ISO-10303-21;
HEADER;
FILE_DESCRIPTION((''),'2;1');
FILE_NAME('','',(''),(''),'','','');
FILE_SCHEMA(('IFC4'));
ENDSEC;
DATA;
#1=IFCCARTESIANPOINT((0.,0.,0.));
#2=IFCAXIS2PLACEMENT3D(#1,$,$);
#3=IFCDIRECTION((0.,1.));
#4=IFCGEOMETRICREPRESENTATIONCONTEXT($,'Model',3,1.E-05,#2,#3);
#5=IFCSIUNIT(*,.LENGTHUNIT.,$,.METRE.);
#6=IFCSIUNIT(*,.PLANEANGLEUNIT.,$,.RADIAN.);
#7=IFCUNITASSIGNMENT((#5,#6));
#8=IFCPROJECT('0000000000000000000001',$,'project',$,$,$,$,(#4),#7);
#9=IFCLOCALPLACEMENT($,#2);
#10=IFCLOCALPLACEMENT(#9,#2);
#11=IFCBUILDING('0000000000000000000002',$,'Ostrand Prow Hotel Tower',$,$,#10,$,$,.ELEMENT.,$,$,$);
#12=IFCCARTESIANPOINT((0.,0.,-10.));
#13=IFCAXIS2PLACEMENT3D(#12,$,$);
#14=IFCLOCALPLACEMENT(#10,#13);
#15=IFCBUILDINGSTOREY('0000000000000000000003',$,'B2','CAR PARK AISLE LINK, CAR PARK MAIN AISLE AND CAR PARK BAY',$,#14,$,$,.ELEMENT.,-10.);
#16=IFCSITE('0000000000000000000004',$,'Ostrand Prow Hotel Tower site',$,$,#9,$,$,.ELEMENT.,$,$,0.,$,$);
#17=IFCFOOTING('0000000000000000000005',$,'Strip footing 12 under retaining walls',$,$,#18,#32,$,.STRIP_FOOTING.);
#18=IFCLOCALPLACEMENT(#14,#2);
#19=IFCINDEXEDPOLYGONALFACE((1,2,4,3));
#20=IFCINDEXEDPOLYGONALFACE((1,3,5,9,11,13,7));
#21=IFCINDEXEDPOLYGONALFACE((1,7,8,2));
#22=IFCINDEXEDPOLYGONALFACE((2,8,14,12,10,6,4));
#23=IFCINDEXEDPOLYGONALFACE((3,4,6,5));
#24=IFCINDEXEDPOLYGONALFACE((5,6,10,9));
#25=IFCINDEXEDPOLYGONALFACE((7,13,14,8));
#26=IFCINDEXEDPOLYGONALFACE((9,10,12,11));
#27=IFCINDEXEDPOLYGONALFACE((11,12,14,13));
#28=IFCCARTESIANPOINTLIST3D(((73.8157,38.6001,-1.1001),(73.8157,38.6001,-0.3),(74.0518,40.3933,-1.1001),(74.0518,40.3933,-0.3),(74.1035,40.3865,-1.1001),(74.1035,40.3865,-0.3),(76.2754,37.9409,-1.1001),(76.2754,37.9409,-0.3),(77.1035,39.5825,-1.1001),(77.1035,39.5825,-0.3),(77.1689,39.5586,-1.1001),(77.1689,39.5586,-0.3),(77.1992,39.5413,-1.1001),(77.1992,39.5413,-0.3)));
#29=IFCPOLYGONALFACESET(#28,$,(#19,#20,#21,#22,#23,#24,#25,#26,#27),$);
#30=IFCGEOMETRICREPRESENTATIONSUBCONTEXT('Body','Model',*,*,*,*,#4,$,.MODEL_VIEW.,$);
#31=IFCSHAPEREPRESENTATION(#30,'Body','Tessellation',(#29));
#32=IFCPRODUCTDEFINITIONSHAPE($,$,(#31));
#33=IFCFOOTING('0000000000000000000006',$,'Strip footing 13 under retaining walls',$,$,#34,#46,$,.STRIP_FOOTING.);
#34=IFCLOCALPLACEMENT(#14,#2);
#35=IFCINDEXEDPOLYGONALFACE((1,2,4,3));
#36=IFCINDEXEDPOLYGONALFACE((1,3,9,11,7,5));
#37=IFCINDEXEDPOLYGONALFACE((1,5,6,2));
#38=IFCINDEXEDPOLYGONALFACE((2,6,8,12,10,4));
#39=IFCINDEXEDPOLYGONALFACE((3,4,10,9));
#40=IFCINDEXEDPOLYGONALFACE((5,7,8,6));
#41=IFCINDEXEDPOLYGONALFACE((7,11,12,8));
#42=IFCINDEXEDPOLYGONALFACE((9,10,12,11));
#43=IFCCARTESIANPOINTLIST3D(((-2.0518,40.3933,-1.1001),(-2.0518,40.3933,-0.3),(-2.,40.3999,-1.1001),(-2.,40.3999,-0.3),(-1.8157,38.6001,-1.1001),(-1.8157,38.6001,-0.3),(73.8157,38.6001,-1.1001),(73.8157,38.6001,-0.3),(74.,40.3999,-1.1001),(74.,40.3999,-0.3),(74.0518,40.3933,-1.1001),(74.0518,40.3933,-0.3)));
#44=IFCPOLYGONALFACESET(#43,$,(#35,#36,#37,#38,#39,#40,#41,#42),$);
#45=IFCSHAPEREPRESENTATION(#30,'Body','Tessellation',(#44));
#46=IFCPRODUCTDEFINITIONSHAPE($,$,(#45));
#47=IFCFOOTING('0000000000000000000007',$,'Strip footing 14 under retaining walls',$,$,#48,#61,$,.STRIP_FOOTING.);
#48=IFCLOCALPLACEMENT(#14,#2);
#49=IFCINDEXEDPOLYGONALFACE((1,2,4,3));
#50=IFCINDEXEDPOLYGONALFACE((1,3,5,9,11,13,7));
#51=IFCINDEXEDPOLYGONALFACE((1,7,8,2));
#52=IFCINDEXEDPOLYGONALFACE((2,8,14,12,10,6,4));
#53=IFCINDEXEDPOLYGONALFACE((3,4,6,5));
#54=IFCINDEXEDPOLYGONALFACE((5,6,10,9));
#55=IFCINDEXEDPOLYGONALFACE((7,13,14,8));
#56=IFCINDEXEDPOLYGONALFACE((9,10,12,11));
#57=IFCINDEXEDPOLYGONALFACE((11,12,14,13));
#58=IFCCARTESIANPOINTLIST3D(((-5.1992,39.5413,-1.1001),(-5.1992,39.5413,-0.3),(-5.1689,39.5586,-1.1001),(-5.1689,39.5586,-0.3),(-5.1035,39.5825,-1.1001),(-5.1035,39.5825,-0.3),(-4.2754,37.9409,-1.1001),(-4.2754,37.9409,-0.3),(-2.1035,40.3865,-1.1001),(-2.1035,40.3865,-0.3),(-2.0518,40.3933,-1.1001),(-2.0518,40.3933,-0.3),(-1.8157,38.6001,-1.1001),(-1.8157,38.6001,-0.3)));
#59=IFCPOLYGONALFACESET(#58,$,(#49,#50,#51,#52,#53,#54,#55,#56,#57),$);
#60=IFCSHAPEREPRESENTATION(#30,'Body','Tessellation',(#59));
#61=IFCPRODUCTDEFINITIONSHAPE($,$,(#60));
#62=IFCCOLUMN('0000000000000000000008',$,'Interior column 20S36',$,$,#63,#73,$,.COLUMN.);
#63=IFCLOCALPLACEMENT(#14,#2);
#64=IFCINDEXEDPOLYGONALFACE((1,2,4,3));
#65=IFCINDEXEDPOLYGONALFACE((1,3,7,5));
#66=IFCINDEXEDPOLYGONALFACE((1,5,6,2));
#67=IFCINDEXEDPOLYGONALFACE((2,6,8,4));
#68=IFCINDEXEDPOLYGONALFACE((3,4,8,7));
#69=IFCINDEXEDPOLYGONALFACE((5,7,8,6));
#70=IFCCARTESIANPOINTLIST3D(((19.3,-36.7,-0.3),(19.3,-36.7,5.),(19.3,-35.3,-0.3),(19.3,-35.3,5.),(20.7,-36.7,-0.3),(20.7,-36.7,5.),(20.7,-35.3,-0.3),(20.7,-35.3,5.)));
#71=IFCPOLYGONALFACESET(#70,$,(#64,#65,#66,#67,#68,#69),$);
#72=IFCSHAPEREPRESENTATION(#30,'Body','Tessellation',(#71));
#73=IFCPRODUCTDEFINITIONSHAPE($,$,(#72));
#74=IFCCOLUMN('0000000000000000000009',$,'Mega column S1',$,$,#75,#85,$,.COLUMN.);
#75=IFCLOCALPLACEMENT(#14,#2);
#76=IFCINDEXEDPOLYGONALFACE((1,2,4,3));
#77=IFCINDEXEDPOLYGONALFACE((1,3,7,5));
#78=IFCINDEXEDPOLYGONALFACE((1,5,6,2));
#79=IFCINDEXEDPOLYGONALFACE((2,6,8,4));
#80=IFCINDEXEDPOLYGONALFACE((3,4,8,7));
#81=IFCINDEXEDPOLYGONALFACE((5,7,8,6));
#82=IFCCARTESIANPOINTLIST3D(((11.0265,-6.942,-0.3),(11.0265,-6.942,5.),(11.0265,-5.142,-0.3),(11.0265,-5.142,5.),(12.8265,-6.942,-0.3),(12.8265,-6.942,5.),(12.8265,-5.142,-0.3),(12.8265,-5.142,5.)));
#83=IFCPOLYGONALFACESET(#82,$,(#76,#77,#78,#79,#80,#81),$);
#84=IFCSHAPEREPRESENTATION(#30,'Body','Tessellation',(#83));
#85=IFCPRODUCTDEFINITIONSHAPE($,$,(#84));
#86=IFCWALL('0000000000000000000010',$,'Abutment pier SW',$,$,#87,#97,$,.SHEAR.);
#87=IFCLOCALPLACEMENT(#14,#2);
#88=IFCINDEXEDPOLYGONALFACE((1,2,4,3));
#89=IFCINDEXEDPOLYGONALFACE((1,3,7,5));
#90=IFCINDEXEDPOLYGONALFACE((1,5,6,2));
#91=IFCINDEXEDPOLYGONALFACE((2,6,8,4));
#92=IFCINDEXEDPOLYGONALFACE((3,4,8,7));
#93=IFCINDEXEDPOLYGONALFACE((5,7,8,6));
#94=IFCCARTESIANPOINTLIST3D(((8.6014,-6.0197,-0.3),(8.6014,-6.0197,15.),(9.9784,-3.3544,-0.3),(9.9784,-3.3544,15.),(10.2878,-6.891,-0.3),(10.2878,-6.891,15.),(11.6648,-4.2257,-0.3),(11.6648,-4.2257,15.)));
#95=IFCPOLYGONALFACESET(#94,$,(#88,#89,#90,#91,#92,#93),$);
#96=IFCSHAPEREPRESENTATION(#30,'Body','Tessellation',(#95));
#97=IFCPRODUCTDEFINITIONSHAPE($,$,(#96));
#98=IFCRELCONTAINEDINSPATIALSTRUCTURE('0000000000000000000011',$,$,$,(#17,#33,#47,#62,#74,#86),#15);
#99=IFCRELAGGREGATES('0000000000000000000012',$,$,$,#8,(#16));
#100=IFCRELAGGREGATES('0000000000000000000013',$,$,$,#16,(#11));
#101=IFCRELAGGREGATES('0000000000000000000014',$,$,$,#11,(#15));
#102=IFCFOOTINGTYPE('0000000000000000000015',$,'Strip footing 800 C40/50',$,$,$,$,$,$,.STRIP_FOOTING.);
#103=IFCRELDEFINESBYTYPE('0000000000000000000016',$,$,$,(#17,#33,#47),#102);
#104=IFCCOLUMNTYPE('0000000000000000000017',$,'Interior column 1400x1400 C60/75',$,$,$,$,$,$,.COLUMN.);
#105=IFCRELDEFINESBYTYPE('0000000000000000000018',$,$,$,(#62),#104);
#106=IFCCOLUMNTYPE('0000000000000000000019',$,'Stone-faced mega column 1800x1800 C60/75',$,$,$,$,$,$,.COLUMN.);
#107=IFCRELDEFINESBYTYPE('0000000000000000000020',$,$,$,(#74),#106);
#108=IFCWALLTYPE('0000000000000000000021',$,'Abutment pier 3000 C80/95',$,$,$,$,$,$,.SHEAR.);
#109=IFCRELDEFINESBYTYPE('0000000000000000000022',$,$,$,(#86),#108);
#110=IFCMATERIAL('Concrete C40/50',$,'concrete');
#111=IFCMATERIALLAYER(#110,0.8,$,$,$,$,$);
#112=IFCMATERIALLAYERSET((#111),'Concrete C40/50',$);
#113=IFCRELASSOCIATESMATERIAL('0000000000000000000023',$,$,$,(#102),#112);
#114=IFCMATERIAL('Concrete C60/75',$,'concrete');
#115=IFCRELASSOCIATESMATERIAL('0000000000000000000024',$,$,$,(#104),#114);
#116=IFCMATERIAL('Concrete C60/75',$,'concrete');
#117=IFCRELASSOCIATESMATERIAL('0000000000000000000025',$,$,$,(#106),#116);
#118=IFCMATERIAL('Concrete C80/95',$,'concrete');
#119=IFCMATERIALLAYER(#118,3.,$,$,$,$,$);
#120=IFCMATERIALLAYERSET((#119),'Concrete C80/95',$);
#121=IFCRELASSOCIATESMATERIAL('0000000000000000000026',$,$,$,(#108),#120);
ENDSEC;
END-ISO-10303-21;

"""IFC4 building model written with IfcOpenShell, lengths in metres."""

from ifc_helpers import new_model, si_unit, direction, frame, frame_2d, origin, origin_2d, place, context, subcontext, project, spatial, polyline, rectangle, outline, extrude, material, layer, layer_set, material_profile, profile_set, type_object, element, save


model = new_model("IFC4")

# Units and contexts
model_context = context("Model", 3, precision=1e-05, world=origin(), true_north=direction((0.0, 1.0)))
body_context = subcontext(model_context, "Body", "Model", "MODEL_VIEW")
ifc_project = project(units=[si_unit("LENGTHUNIT", "METRE"), si_unit("PLANEANGLEUNIT", "RADIAN")], contexts=[model_context])

# Site, building, storey
site_placement = place(None, origin())
site = spatial("IfcSite", under=ifc_project, at=site_placement, Name="Ostrand Prow Hotel Tower site", CompositionType="ELEMENT", RefElevation=0.0)
building_placement = place(site_placement, origin())
building = spatial("IfcBuilding", under=site, at=building_placement, Name="Ostrand Prow Hotel Tower", CompositionType="ELEMENT")
storey_placement = place(building_placement, frame((0.0, 0.0, -10.0)))
storey = spatial("IfcBuildingStorey", under=building, at=storey_placement, Name="B2", Description="CAR PARK AISLE LINK, CAR PARK MAIN AISLE AND CAR PARK BAY", CompositionType="ELEMENT", Elevation=-10.0)

# Footings
ifc_material_1 = material(Name="Concrete C40/50", Category="concrete")
ifc_layer_1 = layer(ifc_material_1, 0.8)
ifc_layer_set_1 = layer_set([ifc_layer_1], Name="Concrete C40/50")
footing_type_1 = type_object("IfcFootingType", Name="Strip footing 800 C40/50", PredefinedType="STRIP_FOOTING", material=ifc_layer_set_1)
footing_1_placement = place(storey_placement, frame((0.0, 0.0, -1.1001)))
element("IfcFooting", 1, at=footing_1_placement, inside=storey, type_object=footing_type_1, Name="Strip footing 12 under retaining walls", PredefinedType="STRIP_FOOTING", context=body_context, shape_type="SweptSolid", body=[
    extrude(outline(polyline([(74.0518, 40.3933), (74.1035, 40.3865), (77.1035, 39.5825), (77.1689, 39.5586), (77.1992, 39.5413), (76.2754, 37.9409), (76.2754, 37.9409), (73.8157, 38.6001), (74.0518, 40.3933)])), origin(), (0.0, 0.0, 1.0), 0.8),
])
footing_2_placement = place(storey_placement, frame((0.0, 0.0, -1.1001)))
element("IfcFooting", 2, at=footing_2_placement, inside=storey, type_object=footing_type_1, Name="Strip footing 13 under retaining walls", PredefinedType="STRIP_FOOTING", context=body_context, shape_type="SweptSolid", body=[
    extrude(outline(polyline([(-2.0518, 40.3933), (-2.0, 40.3999), (74.0, 40.3999), (74.0518, 40.3933), (73.8157, 38.6001), (73.8157, 38.6001), (-1.8157, 38.6001), (-1.8157, 38.6001), (-2.0518, 40.3933)])), origin(), (0.0, 0.0, 1.0), 0.8),
])
footing_3_placement = place(storey_placement, frame((0.0, 0.0, -1.1001)))
element("IfcFooting", 3, at=footing_3_placement, inside=storey, type_object=footing_type_1, Name="Strip footing 14 under retaining walls", PredefinedType="STRIP_FOOTING", context=body_context, shape_type="SweptSolid", body=[
    extrude(outline(polyline([(-5.1992, 39.5413), (-5.1689, 39.5586), (-5.1035, 39.5825), (-2.1035, 40.3865), (-2.0518, 40.3933), (-1.8157, 38.6001), (-4.2754, 37.9409), (-5.1992, 39.5413)])), origin(), (0.0, 0.0, 1.0), 0.8),
])

# Columns
ifc_material_2 = material(Name="Concrete C60/75", Category="concrete")
ifc_material_profile_1 = material_profile(ifc_material_2, rectangle(XDim=1.3999, YDim=1.3999, at=origin_2d()), Name="RC 1400x1400")
ifc_profile_set_1 = profile_set([ifc_material_profile_1], Name="Concrete C60/75")
column_type_1 = type_object("IfcColumnType", Name="Interior column 1400x1400 C60/75", PredefinedType="COLUMN", material=ifc_profile_set_1)
column_1_placement = place(storey_placement, frame((20.0, -36.0, -0.3), z_axis=(0.0, 0.0, 1.0), x_axis=(1.0, 0.0, 0.0)))
element("IfcColumn", 4, at=column_1_placement, inside=storey, type_object=column_type_1, Name="Interior column 20S36", PredefinedType="COLUMN", context=body_context, shape_type="SweptSolid", body=[
    extrude(rectangle(XDim=1.3999, YDim=1.3999, at=origin_2d()), origin(), (0.0, 0.0, 1.0), 5.3),
])
ifc_material_3 = material(Name="Concrete C60/75", Category="concrete")
ifc_material_profile_2 = material_profile(ifc_material_3, rectangle(XDim=1.8, YDim=1.8, at=origin_2d()), Name="RC 1800x1800")
ifc_profile_set_2 = profile_set([ifc_material_profile_2], Name="Concrete C60/75")
column_type_2 = type_object("IfcColumnType", Name="Stone-faced mega column 1800x1800 C60/75", PredefinedType="COLUMN", material=ifc_profile_set_2)
column_2_placement = place(storey_placement, frame((11.9265, -6.042, -0.3), z_axis=(0.0, 0.0, 1.0), x_axis=(1.0, 0.0, 0.0)))
element("IfcColumn", 5, at=column_2_placement, inside=storey, type_object=column_type_2, Name="Mega column S1", PredefinedType="COLUMN", context=body_context, shape_type="SweptSolid", body=[
    extrude(rectangle(XDim=1.8, YDim=1.8, at=origin_2d()), origin(), (0.0, 0.0, 1.0), 5.3),
])

# Wall
ifc_material_4 = material(Name="Concrete C80/95", Category="concrete")
ifc_layer_2 = layer(ifc_material_4, 3.0)
ifc_layer_set_2 = layer_set([ifc_layer_2], Name="Concrete C80/95")
wall_type = type_object("IfcWallType", Name="Abutment pier 3000 C80/95", PredefinedType="SHEAR", material=ifc_layer_set_2)
wall_placement = place(storey_placement, frame((9.2898, -4.687, -0.3), z_axis=(0.0, 0.0, 1.0), x_axis=(0.888433, -0.459007, 0.0)))
element("IfcWall", 6, at=wall_placement, inside=storey, type_object=wall_type, Name="Abutment pier SW", PredefinedType="SHEAR", context=body_context, shape_type="SweptSolid", body=[
    extrude(rectangle(XDim=1.8982, YDim=3.0, at=frame_2d((0.9492, 0.0))), origin(), (0.0, 0.0, 1.0), 15.3),
])

save(model, "model.ifc")
